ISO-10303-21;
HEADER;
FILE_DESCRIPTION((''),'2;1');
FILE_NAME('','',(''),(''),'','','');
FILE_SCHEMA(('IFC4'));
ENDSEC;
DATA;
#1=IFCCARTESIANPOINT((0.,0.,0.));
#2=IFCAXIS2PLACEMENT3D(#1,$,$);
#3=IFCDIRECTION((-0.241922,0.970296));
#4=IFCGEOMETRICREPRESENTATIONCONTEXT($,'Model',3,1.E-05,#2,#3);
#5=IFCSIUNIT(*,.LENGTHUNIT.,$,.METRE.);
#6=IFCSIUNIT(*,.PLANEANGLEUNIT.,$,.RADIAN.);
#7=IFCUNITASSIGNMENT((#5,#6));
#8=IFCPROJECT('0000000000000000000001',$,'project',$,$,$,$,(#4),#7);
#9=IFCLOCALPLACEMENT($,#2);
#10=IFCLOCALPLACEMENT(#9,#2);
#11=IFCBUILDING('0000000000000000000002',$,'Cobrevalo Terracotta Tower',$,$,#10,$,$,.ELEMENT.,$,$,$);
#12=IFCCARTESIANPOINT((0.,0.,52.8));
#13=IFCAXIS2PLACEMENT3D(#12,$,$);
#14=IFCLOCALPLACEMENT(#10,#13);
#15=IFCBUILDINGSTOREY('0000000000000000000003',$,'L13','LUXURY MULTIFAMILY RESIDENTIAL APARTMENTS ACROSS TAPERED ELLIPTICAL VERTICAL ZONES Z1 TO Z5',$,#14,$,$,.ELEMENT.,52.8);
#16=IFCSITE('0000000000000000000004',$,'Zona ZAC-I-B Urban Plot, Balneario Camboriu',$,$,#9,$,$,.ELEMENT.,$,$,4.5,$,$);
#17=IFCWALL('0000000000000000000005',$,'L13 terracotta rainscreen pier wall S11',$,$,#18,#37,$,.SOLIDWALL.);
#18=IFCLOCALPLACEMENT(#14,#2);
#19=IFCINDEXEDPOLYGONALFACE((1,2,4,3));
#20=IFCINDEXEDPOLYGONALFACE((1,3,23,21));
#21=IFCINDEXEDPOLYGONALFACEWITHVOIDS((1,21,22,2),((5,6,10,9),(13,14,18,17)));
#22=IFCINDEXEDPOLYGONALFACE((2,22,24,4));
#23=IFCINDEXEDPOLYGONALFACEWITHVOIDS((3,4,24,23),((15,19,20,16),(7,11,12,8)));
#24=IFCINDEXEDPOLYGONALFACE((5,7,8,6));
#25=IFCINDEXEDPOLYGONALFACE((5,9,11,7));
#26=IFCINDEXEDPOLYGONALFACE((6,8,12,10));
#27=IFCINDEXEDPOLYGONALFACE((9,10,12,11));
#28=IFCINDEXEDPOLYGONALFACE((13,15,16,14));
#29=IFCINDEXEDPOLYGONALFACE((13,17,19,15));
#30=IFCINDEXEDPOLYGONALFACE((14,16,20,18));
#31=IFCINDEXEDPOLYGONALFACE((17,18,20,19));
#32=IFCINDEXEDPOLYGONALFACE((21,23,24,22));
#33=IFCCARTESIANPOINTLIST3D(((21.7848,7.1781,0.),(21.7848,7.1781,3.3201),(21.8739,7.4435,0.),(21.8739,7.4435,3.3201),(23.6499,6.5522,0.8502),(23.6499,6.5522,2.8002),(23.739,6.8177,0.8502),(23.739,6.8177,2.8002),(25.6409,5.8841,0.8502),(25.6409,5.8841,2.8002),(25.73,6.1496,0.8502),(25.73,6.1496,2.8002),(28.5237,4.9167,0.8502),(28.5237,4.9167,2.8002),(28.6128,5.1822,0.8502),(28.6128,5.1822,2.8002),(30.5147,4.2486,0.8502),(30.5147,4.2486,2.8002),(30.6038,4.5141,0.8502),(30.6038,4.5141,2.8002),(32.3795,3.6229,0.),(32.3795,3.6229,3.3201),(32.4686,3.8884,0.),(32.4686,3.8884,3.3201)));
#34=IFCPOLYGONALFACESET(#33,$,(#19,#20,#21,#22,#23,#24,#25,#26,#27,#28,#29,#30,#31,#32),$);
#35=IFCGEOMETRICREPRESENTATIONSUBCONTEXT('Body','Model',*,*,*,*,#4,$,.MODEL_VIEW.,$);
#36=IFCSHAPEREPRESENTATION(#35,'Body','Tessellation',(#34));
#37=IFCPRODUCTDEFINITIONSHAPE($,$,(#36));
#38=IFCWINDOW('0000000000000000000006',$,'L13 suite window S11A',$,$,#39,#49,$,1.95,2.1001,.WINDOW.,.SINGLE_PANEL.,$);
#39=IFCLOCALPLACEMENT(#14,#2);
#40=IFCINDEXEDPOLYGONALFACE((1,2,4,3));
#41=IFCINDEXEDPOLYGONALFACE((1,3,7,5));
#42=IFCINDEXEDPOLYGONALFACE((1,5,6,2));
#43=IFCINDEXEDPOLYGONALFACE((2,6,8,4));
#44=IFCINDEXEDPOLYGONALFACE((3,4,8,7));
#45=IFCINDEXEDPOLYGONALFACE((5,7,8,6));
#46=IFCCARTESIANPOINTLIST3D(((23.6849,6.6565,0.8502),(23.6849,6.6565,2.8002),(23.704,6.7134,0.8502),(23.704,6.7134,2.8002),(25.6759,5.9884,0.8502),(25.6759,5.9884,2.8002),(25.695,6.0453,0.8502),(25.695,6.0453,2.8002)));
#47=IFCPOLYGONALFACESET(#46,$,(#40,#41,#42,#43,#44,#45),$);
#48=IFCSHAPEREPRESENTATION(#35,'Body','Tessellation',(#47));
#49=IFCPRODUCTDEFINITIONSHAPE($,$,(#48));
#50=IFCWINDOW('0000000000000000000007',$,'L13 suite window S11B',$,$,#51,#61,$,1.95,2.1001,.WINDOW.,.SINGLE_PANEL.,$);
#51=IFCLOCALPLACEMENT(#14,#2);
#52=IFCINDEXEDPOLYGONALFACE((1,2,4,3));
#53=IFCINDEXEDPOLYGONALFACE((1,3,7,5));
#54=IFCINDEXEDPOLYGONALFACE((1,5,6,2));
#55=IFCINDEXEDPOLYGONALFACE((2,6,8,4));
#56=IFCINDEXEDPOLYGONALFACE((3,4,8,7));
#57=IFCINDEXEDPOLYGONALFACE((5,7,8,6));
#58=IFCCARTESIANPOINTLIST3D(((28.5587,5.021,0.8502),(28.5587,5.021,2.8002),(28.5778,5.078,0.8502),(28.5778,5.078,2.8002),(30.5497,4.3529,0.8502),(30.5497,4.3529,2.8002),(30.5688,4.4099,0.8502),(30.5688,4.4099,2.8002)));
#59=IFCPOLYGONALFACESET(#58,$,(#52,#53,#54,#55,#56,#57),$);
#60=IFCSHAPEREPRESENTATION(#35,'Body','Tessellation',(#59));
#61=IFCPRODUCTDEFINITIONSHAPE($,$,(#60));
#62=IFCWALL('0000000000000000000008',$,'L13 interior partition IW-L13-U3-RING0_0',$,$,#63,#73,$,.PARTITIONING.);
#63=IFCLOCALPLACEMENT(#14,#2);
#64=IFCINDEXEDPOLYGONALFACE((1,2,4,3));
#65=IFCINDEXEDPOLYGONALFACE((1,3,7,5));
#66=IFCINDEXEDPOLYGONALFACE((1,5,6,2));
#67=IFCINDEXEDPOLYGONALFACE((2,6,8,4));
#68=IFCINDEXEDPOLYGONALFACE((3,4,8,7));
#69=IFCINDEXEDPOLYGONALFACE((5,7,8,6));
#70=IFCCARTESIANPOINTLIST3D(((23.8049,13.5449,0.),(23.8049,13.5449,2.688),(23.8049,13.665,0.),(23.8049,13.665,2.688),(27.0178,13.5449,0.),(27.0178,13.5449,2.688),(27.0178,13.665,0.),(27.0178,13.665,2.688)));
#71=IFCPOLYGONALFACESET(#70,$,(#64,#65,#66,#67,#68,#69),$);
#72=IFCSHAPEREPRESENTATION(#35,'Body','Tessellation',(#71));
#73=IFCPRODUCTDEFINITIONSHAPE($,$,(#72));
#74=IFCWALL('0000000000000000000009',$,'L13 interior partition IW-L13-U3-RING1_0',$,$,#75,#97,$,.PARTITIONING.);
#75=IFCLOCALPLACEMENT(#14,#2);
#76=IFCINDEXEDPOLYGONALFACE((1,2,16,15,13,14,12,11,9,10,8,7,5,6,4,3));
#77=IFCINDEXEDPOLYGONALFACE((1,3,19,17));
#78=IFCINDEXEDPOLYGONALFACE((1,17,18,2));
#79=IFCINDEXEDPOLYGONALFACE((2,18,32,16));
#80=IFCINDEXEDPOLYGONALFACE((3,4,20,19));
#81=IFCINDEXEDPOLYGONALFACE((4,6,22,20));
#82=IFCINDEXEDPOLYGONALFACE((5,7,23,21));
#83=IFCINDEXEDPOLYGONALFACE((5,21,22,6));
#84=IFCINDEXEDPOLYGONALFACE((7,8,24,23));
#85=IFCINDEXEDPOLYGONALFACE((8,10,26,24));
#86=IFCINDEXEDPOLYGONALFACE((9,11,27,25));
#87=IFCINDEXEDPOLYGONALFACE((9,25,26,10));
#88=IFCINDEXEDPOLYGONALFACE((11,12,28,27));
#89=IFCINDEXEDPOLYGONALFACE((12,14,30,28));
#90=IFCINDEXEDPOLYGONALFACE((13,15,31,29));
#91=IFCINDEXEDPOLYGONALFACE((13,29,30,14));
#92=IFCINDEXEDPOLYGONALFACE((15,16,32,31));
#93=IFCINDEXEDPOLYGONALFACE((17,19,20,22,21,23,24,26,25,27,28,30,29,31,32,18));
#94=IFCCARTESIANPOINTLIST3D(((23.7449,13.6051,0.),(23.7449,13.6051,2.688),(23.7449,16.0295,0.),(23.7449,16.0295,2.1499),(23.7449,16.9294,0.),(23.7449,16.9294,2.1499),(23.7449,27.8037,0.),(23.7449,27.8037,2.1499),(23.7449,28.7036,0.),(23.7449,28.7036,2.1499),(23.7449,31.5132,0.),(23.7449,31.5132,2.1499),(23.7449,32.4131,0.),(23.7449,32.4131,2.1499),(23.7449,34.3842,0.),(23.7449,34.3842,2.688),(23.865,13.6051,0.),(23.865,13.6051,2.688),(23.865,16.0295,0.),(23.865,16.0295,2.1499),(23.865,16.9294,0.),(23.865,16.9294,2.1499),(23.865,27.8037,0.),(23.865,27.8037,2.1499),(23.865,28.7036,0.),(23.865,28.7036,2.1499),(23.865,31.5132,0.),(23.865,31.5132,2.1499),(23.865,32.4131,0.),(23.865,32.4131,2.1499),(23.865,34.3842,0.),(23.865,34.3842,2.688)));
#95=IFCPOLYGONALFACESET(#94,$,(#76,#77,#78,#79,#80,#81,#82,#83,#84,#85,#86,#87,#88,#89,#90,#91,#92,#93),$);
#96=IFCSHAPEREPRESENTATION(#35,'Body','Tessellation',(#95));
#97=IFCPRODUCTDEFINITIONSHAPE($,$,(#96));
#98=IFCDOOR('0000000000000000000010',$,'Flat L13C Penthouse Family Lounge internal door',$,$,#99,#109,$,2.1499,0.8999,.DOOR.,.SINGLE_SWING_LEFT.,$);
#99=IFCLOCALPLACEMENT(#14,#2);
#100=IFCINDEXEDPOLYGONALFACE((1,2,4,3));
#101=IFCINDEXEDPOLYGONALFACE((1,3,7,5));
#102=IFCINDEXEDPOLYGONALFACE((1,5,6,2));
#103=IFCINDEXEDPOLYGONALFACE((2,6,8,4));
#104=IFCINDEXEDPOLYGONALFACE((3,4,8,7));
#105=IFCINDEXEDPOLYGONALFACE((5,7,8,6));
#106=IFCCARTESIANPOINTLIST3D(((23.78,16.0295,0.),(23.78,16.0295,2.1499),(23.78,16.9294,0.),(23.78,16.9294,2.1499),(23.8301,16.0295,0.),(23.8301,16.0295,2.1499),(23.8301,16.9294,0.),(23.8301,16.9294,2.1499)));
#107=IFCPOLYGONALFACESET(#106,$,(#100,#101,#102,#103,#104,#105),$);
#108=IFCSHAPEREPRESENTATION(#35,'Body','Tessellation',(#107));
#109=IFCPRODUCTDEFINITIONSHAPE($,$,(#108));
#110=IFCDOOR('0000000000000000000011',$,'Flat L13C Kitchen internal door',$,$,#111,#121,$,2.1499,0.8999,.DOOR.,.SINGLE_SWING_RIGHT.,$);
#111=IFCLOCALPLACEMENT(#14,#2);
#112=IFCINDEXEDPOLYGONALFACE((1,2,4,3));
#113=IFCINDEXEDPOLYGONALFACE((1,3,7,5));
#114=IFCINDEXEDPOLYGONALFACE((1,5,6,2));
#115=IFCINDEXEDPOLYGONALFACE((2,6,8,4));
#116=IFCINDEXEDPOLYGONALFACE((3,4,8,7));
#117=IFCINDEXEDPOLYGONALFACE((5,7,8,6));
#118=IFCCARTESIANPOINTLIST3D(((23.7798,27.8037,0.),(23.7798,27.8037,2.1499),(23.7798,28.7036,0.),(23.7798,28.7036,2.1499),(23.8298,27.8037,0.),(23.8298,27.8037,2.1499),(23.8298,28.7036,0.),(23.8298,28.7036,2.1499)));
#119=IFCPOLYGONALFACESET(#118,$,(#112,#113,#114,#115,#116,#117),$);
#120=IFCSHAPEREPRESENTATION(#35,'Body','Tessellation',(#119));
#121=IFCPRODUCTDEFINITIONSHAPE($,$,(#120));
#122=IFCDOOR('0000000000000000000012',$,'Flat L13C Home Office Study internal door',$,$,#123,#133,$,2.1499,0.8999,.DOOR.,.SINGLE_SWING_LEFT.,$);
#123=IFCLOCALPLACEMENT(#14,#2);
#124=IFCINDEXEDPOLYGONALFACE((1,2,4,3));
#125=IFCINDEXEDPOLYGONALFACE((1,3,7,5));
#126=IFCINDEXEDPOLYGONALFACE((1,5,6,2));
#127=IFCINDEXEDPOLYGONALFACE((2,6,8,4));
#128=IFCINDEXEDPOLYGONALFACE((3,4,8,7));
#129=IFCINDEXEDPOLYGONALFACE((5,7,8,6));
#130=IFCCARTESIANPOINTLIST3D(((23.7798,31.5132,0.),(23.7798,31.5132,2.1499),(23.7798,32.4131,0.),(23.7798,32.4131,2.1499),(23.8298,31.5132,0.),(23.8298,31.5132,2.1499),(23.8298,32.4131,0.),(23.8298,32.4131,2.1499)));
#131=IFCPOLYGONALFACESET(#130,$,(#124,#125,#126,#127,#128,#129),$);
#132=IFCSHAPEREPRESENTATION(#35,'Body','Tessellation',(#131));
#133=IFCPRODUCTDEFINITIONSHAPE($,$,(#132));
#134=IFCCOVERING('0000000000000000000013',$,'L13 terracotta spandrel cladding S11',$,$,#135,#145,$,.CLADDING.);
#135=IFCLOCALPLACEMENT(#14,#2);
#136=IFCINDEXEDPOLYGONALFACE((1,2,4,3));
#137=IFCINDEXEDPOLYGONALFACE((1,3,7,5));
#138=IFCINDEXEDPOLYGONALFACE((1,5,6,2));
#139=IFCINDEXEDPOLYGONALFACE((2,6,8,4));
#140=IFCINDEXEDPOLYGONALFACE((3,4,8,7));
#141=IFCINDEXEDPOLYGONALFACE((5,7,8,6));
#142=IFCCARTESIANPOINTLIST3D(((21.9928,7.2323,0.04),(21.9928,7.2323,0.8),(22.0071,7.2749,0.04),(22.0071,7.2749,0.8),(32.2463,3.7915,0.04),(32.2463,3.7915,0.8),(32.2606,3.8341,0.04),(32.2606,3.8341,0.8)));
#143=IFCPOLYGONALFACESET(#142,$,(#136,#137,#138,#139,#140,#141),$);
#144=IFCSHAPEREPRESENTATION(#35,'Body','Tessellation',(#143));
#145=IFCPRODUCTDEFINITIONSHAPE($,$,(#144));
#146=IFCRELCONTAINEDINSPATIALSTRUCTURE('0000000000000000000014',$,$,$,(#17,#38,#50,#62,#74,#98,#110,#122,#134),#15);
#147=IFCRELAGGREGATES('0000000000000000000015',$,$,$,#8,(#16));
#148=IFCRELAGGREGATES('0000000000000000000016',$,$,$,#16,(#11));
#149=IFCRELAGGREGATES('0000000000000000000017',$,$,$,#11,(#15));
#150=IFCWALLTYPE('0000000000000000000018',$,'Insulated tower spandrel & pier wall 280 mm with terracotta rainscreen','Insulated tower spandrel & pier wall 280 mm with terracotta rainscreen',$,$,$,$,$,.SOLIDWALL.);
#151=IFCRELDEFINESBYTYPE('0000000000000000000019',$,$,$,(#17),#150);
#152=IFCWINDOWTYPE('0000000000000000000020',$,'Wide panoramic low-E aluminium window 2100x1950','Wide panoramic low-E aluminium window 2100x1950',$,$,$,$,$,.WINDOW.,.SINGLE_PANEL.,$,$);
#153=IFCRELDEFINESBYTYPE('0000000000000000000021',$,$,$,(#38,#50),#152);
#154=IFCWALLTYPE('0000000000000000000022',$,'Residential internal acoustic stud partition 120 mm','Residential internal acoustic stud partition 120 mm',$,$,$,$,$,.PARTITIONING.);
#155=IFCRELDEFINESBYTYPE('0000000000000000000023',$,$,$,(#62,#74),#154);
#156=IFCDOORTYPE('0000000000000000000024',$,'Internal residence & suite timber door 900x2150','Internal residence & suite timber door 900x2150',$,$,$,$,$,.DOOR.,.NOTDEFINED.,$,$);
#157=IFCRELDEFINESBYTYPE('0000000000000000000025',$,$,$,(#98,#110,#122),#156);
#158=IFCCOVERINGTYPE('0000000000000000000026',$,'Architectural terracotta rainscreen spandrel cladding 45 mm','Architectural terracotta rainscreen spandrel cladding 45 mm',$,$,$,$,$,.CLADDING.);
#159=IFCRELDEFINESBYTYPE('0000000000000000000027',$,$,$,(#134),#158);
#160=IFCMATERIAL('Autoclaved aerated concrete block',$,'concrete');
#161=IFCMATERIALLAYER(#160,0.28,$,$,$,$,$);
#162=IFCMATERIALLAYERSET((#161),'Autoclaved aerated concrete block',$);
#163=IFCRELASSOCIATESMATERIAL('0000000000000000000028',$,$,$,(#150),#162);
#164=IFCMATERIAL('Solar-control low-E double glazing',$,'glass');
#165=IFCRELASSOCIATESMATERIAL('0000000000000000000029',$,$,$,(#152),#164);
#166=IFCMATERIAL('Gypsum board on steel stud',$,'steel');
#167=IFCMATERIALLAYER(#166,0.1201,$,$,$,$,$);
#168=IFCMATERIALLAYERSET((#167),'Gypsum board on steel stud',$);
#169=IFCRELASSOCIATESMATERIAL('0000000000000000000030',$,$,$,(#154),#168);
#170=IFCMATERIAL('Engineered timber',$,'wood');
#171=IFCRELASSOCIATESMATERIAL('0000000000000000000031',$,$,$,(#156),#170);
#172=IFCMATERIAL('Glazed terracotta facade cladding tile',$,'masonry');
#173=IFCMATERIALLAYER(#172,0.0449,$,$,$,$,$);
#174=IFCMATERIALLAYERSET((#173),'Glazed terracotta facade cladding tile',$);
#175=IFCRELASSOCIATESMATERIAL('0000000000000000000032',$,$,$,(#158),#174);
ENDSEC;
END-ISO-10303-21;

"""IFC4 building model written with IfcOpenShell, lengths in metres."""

from ifc_helpers import new_model, si_unit, direction, frame, frame_2d, origin, origin_2d, place, context, subcontext, project, spatial, rectangle, extrude, source, transform, mapped, material, layer, layer_set, type_object, element, fill, save


model = new_model("IFC4")

# Units and contexts
model_context = context("Model", 3, precision=1e-05, world=origin(), true_north=direction((-0.241922, 0.970296)))
body_context = subcontext(model_context, "Body", "Model", "MODEL_VIEW")
ifc_project = project(units=[si_unit("LENGTHUNIT", "METRE"), si_unit("PLANEANGLEUNIT", "RADIAN")], contexts=[model_context])

# Site, building, storey
site_placement = place(None, origin())
site = spatial("IfcSite", under=ifc_project, at=site_placement, Name="Zona ZAC-I-B Urban Plot, Balneario Camboriu", CompositionType="ELEMENT", RefElevation=4.5)
building_placement = place(site_placement, origin())
building = spatial("IfcBuilding", under=site, at=building_placement, Name="Cobrevalo Terracotta Tower", CompositionType="ELEMENT")
storey_placement = place(building_placement, frame((0.0, 0.0, 52.8)))
storey = spatial("IfcBuildingStorey", under=building, at=storey_placement, Name="L13", Description="LUXURY MULTIFAMILY RESIDENTIAL APARTMENTS ACROSS TAPERED ELLIPTICAL VERTICAL ZONES Z1 TO Z5", CompositionType="ELEMENT", Elevation=52.8)

# Wall, openings, windows
ifc_material_1 = material(Name="Autoclaved aerated concrete block", Category="concrete")
ifc_layer_1 = layer(ifc_material_1, 0.28)
ifc_layer_set_1 = layer_set([ifc_layer_1], Name="Autoclaved aerated concrete block")
wall_type_1 = type_object("IfcWallType", Name="Insulated tower spandrel & pier wall 280 mm with terracotta rainscreen", Description="Insulated tower spandrel & pier wall 280 mm with terracotta rainscreen", PredefinedType="SOLIDWALL", material=ifc_layer_set_1)
wall_1_placement = place(storey_placement, frame((21.8293, 7.3108, 0.0), z_axis=(0.0, 0.0, 1.0), x_axis=(0.948048, -0.318128, 0.0)))
wall_1 = element("IfcWall", 1, at=wall_1_placement, inside=storey, type_object=wall_type_1, Name="L13 terracotta rainscreen pier wall S11", PredefinedType="SOLIDWALL", context=body_context, shape_type="SweptSolid", body=[
    extrude(rectangle(XDim=11.1753, YDim=0.28, at=frame_2d((5.5876, 0.0))), origin(), (0.0, 0.0, 1.0), 3.3201),
])
opening_1_placement = place(wall_1_placement, frame((1.9673, 0.0, 0.8501)))
opening_1 = element("IfcOpeningElement", 2, at=opening_1_placement, cuts=wall_1, PredefinedType="OPENING", context=body_context, shape_type="SweptSolid", body=[
    extrude(rectangle(XDim=2.1001, YDim=1.95, at=frame_2d((1.05, 0.9751))), frame((0.0, 0.1499, 0.0), z_axis=(0.0, -1.0, 0.0), x_axis=(1.0, 0.0, 0.0)), (0.0, 0.0, 1.0), 0.3),
])
opening_2_placement = place(wall_1_placement, frame((7.1082, 0.0, 0.8501)))
opening_2 = element("IfcOpeningElement", 3, at=opening_2_placement, cuts=wall_1, PredefinedType="OPENING", context=body_context, shape_type="SweptSolid", body=[
    extrude(rectangle(XDim=2.1001, YDim=1.95, at=frame_2d((1.05, 0.9751))), frame((0.0, 0.1499, 0.0), z_axis=(0.0, -1.0, 0.0), x_axis=(1.0, 0.0, 0.0)), (0.0, 0.0, 1.0), 0.3),
])
ifc_material_2 = material(Name="Solar-control low-E double glazing", Category="glass")
window_type = type_object("IfcWindowType", Name="Wide panoramic low-E aluminium window 2100x1950", Description="Wide panoramic low-E aluminium window 2100x1950", PartitioningType="SINGLE_PANEL", PredefinedType="WINDOW", material=ifc_material_2)
shared_shape_1 = source(origin(), body_context, "Body", "SweptSolid", [
    extrude(rectangle(XDim=2.1001, YDim=1.95, at=frame_2d((1.05, 0.9751))), frame((0.0, 0.03, 0.0), z_axis=(0.0, -1.0, 0.0), x_axis=(1.0, 0.0, 0.0)), (0.0, 0.0, 1.0), 0.0601),
])
window_1_placement = place(opening_1_placement, origin())
window_1 = element("IfcWindow", 4, at=window_1_placement, inside=storey, type_object=window_type, Name="L13 suite window S11A", OverallHeight=1.95, OverallWidth=2.1001, PartitioningType="SINGLE_PANEL", PredefinedType="WINDOW", context=body_context, shape_type="MappedRepresentation", body=[
    mapped(shared_shape_1, transform((0.0, 0.0, 0.0), scale=1.0)),
])
fill(opening_1, window_1)
window_2_placement = place(opening_2_placement, origin())
window_2 = element("IfcWindow", 5, at=window_2_placement, inside=storey, type_object=window_type, Name="L13 suite window S11B", OverallHeight=1.95, OverallWidth=2.1001, PartitioningType="SINGLE_PANEL", PredefinedType="WINDOW", context=body_context, shape_type="MappedRepresentation", body=[
    mapped(shared_shape_1, transform((0.0, 0.0, 0.0), scale=1.0)),
])
fill(opening_2, window_2)

# Wall
ifc_material_3 = material(Name="Gypsum board on steel stud", Category="steel")
ifc_layer_2 = layer(ifc_material_3, 0.1201)
ifc_layer_set_2 = layer_set([ifc_layer_2], Name="Gypsum board on steel stud")
wall_type_2 = type_object("IfcWallType", Name="Residential internal acoustic stud partition 120 mm", Description="Residential internal acoustic stud partition 120 mm", PredefinedType="PARTITIONING", material=ifc_layer_set_2)
wall_2_placement = place(storey_placement, frame((27.0178, 13.605, 0.0), z_axis=(0.0, 0.0, 1.0), x_axis=(-1.0, 0.0, 0.0)))
element("IfcWall", 6, at=wall_2_placement, inside=storey, type_object=wall_type_2, Name="L13 interior partition IW-L13-U3-RING0_0", PredefinedType="PARTITIONING", context=body_context, shape_type="SweptSolid", body=[
    extrude(rectangle(XDim=3.2129, YDim=0.1201, at=frame_2d((1.6064, 0.0))), origin(), (0.0, 0.0, 1.0), 2.688),
])

# Wall, openings, doors
wall_3_placement = place(storey_placement, frame((23.8049, 13.605, 0.0), z_axis=(0.0, 0.0, 1.0), x_axis=(0.0, 1.0, 0.0)))
wall_3 = element("IfcWall", 7, at=wall_3_placement, inside=storey, type_object=wall_type_2, Name="L13 interior partition IW-L13-U3-RING1_0", PredefinedType="PARTITIONING", context=body_context, shape_type="SweptSolid", body=[
    extrude(rectangle(XDim=20.7791, YDim=0.1201, at=frame_2d((10.3896, 0.0))), origin(), (0.0, 0.0, 1.0), 2.688),
])
opening_3_placement = place(wall_3_placement, frame((2.4246, 0.0, 0.0)))
opening_3 = element("IfcOpeningElement", 8, at=opening_3_placement, cuts=wall_3, PredefinedType="OPENING", context=body_context, shape_type="SweptSolid", body=[
    extrude(rectangle(XDim=0.8999, YDim=2.1499, at=frame_2d((0.45, 1.075))), frame((0.0, 0.0701, 0.0), z_axis=(0.0, -1.0, 0.0), x_axis=(1.0, 0.0, 0.0)), (0.0, 0.0, 1.0), 0.1401),
])
opening_4_placement = place(wall_3_placement, frame((14.1987, 0.0, 0.0)))
opening_4 = element("IfcOpeningElement", 9, at=opening_4_placement, cuts=wall_3, PredefinedType="OPENING", context=body_context, shape_type="SweptSolid", body=[
    extrude(rectangle(XDim=0.8999, YDim=2.1499, at=frame_2d((0.45, 1.075))), frame((0.0, 0.0701, 0.0), z_axis=(0.0, -1.0, 0.0), x_axis=(1.0, 0.0, 0.0)), (0.0, 0.0, 1.0), 0.1401),
])
opening_5_placement = place(wall_3_placement, frame((17.9082, 0.0, 0.0)))
opening_5 = element("IfcOpeningElement", 10, at=opening_5_placement, cuts=wall_3, PredefinedType="OPENING", context=body_context, shape_type="SweptSolid", body=[
    extrude(rectangle(XDim=0.8999, YDim=2.1499, at=frame_2d((0.45, 1.075))), frame((0.0, 0.0701, 0.0), z_axis=(0.0, -1.0, 0.0), x_axis=(1.0, 0.0, 0.0)), (0.0, 0.0, 1.0), 0.1401),
])
ifc_material_4 = material(Name="Engineered timber", Category="wood")
door_type = type_object("IfcDoorType", Name="Internal residence & suite timber door 900x2150", Description="Internal residence & suite timber door 900x2150", OperationType="NOTDEFINED", PredefinedType="DOOR", material=ifc_material_4)
shared_shape_2 = source(origin(), body_context, "Body", "SweptSolid", [
    extrude(rectangle(XDim=0.8999, YDim=2.1499, at=frame_2d((0.45, 1.075))), frame((0.0, 0.0249, 0.0), z_axis=(0.0, -1.0, 0.0), x_axis=(1.0, 0.0, 0.0)), (0.0, 0.0, 1.0), 0.05),
])
door_1_placement = place(opening_3_placement, origin())
door_1 = element("IfcDoor", 11, at=door_1_placement, inside=storey, type_object=door_type, Name="Flat L13C Penthouse Family Lounge internal door", OperationType="SINGLE_SWING_LEFT", OverallHeight=2.1499, OverallWidth=0.8999, PredefinedType="DOOR", context=body_context, shape_type="MappedRepresentation", body=[
    mapped(shared_shape_2, transform((0.0, 0.0, 0.0), scale=1.0)),
])
fill(opening_3, door_1)
door_2_placement = place(opening_4_placement, frame((0.8999, 0.0, 0.0), z_axis=(0.0, 0.0, 1.0), x_axis=(-1.0, 0.0, 0.0)))
door_2 = element("IfcDoor", 12, at=door_2_placement, inside=storey, type_object=door_type, Name="Flat L13C Kitchen internal door", OperationType="SINGLE_SWING_RIGHT", OverallHeight=2.1499, OverallWidth=0.8999, PredefinedType="DOOR", context=body_context, shape_type="MappedRepresentation", body=[
    mapped(shared_shape_2, transform((0.0, 0.0, 0.0), scale=1.0)),
])
fill(opening_4, door_2)
door_3_placement = place(opening_5_placement, frame((0.8999, 0.0, 0.0), z_axis=(0.0, 0.0, 1.0), x_axis=(-1.0, 0.0, 0.0)))
door_3 = element("IfcDoor", 13, at=door_3_placement, inside=storey, type_object=door_type, Name="Flat L13C Home Office Study internal door", OperationType="SINGLE_SWING_LEFT", OverallHeight=2.1499, OverallWidth=0.8999, PredefinedType="DOOR", context=body_context, shape_type="MappedRepresentation", body=[
    mapped(shared_shape_2, transform((0.0, 0.0, 0.0), scale=1.0)),
])
fill(opening_5, door_3)

# Covering
ifc_material_5 = material(Name="Glazed terracotta facade cladding tile", Category="masonry")
ifc_layer_3 = layer(ifc_material_5, 0.0449)
ifc_layer_set_3 = layer_set([ifc_layer_3], Name="Glazed terracotta facade cladding tile")
covering_type = type_object("IfcCoveringType", Name="Architectural terracotta rainscreen spandrel cladding 45 mm", Description="Architectural terracotta rainscreen spandrel cladding 45 mm", PredefinedType="CLADDING", material=ifc_layer_set_3)
shared_shape_3 = source(origin(), body_context, "Body", "SweptSolid", [
    extrude(rectangle(XDim=10.8154, YDim=0.0449, at=origin_2d()), origin(), (0.0, 0.0, 1.0), 0.76),
])
covering_placement = place(storey_placement, frame((27.1267, 5.5332, 0.04), z_axis=(0.0, 0.0, 1.0), x_axis=(0.948044, -0.318139, 0.0)))
element("IfcCovering", 14, at=covering_placement, inside=storey, type_object=covering_type, Name="L13 terracotta spandrel cladding S11", PredefinedType="CLADDING", context=body_context, shape_type="MappedRepresentation", body=[
    mapped(shared_shape_3, transform((0.0, 0.0, 0.0), scale=1.0)),
])

save(model, "model.ifc")
